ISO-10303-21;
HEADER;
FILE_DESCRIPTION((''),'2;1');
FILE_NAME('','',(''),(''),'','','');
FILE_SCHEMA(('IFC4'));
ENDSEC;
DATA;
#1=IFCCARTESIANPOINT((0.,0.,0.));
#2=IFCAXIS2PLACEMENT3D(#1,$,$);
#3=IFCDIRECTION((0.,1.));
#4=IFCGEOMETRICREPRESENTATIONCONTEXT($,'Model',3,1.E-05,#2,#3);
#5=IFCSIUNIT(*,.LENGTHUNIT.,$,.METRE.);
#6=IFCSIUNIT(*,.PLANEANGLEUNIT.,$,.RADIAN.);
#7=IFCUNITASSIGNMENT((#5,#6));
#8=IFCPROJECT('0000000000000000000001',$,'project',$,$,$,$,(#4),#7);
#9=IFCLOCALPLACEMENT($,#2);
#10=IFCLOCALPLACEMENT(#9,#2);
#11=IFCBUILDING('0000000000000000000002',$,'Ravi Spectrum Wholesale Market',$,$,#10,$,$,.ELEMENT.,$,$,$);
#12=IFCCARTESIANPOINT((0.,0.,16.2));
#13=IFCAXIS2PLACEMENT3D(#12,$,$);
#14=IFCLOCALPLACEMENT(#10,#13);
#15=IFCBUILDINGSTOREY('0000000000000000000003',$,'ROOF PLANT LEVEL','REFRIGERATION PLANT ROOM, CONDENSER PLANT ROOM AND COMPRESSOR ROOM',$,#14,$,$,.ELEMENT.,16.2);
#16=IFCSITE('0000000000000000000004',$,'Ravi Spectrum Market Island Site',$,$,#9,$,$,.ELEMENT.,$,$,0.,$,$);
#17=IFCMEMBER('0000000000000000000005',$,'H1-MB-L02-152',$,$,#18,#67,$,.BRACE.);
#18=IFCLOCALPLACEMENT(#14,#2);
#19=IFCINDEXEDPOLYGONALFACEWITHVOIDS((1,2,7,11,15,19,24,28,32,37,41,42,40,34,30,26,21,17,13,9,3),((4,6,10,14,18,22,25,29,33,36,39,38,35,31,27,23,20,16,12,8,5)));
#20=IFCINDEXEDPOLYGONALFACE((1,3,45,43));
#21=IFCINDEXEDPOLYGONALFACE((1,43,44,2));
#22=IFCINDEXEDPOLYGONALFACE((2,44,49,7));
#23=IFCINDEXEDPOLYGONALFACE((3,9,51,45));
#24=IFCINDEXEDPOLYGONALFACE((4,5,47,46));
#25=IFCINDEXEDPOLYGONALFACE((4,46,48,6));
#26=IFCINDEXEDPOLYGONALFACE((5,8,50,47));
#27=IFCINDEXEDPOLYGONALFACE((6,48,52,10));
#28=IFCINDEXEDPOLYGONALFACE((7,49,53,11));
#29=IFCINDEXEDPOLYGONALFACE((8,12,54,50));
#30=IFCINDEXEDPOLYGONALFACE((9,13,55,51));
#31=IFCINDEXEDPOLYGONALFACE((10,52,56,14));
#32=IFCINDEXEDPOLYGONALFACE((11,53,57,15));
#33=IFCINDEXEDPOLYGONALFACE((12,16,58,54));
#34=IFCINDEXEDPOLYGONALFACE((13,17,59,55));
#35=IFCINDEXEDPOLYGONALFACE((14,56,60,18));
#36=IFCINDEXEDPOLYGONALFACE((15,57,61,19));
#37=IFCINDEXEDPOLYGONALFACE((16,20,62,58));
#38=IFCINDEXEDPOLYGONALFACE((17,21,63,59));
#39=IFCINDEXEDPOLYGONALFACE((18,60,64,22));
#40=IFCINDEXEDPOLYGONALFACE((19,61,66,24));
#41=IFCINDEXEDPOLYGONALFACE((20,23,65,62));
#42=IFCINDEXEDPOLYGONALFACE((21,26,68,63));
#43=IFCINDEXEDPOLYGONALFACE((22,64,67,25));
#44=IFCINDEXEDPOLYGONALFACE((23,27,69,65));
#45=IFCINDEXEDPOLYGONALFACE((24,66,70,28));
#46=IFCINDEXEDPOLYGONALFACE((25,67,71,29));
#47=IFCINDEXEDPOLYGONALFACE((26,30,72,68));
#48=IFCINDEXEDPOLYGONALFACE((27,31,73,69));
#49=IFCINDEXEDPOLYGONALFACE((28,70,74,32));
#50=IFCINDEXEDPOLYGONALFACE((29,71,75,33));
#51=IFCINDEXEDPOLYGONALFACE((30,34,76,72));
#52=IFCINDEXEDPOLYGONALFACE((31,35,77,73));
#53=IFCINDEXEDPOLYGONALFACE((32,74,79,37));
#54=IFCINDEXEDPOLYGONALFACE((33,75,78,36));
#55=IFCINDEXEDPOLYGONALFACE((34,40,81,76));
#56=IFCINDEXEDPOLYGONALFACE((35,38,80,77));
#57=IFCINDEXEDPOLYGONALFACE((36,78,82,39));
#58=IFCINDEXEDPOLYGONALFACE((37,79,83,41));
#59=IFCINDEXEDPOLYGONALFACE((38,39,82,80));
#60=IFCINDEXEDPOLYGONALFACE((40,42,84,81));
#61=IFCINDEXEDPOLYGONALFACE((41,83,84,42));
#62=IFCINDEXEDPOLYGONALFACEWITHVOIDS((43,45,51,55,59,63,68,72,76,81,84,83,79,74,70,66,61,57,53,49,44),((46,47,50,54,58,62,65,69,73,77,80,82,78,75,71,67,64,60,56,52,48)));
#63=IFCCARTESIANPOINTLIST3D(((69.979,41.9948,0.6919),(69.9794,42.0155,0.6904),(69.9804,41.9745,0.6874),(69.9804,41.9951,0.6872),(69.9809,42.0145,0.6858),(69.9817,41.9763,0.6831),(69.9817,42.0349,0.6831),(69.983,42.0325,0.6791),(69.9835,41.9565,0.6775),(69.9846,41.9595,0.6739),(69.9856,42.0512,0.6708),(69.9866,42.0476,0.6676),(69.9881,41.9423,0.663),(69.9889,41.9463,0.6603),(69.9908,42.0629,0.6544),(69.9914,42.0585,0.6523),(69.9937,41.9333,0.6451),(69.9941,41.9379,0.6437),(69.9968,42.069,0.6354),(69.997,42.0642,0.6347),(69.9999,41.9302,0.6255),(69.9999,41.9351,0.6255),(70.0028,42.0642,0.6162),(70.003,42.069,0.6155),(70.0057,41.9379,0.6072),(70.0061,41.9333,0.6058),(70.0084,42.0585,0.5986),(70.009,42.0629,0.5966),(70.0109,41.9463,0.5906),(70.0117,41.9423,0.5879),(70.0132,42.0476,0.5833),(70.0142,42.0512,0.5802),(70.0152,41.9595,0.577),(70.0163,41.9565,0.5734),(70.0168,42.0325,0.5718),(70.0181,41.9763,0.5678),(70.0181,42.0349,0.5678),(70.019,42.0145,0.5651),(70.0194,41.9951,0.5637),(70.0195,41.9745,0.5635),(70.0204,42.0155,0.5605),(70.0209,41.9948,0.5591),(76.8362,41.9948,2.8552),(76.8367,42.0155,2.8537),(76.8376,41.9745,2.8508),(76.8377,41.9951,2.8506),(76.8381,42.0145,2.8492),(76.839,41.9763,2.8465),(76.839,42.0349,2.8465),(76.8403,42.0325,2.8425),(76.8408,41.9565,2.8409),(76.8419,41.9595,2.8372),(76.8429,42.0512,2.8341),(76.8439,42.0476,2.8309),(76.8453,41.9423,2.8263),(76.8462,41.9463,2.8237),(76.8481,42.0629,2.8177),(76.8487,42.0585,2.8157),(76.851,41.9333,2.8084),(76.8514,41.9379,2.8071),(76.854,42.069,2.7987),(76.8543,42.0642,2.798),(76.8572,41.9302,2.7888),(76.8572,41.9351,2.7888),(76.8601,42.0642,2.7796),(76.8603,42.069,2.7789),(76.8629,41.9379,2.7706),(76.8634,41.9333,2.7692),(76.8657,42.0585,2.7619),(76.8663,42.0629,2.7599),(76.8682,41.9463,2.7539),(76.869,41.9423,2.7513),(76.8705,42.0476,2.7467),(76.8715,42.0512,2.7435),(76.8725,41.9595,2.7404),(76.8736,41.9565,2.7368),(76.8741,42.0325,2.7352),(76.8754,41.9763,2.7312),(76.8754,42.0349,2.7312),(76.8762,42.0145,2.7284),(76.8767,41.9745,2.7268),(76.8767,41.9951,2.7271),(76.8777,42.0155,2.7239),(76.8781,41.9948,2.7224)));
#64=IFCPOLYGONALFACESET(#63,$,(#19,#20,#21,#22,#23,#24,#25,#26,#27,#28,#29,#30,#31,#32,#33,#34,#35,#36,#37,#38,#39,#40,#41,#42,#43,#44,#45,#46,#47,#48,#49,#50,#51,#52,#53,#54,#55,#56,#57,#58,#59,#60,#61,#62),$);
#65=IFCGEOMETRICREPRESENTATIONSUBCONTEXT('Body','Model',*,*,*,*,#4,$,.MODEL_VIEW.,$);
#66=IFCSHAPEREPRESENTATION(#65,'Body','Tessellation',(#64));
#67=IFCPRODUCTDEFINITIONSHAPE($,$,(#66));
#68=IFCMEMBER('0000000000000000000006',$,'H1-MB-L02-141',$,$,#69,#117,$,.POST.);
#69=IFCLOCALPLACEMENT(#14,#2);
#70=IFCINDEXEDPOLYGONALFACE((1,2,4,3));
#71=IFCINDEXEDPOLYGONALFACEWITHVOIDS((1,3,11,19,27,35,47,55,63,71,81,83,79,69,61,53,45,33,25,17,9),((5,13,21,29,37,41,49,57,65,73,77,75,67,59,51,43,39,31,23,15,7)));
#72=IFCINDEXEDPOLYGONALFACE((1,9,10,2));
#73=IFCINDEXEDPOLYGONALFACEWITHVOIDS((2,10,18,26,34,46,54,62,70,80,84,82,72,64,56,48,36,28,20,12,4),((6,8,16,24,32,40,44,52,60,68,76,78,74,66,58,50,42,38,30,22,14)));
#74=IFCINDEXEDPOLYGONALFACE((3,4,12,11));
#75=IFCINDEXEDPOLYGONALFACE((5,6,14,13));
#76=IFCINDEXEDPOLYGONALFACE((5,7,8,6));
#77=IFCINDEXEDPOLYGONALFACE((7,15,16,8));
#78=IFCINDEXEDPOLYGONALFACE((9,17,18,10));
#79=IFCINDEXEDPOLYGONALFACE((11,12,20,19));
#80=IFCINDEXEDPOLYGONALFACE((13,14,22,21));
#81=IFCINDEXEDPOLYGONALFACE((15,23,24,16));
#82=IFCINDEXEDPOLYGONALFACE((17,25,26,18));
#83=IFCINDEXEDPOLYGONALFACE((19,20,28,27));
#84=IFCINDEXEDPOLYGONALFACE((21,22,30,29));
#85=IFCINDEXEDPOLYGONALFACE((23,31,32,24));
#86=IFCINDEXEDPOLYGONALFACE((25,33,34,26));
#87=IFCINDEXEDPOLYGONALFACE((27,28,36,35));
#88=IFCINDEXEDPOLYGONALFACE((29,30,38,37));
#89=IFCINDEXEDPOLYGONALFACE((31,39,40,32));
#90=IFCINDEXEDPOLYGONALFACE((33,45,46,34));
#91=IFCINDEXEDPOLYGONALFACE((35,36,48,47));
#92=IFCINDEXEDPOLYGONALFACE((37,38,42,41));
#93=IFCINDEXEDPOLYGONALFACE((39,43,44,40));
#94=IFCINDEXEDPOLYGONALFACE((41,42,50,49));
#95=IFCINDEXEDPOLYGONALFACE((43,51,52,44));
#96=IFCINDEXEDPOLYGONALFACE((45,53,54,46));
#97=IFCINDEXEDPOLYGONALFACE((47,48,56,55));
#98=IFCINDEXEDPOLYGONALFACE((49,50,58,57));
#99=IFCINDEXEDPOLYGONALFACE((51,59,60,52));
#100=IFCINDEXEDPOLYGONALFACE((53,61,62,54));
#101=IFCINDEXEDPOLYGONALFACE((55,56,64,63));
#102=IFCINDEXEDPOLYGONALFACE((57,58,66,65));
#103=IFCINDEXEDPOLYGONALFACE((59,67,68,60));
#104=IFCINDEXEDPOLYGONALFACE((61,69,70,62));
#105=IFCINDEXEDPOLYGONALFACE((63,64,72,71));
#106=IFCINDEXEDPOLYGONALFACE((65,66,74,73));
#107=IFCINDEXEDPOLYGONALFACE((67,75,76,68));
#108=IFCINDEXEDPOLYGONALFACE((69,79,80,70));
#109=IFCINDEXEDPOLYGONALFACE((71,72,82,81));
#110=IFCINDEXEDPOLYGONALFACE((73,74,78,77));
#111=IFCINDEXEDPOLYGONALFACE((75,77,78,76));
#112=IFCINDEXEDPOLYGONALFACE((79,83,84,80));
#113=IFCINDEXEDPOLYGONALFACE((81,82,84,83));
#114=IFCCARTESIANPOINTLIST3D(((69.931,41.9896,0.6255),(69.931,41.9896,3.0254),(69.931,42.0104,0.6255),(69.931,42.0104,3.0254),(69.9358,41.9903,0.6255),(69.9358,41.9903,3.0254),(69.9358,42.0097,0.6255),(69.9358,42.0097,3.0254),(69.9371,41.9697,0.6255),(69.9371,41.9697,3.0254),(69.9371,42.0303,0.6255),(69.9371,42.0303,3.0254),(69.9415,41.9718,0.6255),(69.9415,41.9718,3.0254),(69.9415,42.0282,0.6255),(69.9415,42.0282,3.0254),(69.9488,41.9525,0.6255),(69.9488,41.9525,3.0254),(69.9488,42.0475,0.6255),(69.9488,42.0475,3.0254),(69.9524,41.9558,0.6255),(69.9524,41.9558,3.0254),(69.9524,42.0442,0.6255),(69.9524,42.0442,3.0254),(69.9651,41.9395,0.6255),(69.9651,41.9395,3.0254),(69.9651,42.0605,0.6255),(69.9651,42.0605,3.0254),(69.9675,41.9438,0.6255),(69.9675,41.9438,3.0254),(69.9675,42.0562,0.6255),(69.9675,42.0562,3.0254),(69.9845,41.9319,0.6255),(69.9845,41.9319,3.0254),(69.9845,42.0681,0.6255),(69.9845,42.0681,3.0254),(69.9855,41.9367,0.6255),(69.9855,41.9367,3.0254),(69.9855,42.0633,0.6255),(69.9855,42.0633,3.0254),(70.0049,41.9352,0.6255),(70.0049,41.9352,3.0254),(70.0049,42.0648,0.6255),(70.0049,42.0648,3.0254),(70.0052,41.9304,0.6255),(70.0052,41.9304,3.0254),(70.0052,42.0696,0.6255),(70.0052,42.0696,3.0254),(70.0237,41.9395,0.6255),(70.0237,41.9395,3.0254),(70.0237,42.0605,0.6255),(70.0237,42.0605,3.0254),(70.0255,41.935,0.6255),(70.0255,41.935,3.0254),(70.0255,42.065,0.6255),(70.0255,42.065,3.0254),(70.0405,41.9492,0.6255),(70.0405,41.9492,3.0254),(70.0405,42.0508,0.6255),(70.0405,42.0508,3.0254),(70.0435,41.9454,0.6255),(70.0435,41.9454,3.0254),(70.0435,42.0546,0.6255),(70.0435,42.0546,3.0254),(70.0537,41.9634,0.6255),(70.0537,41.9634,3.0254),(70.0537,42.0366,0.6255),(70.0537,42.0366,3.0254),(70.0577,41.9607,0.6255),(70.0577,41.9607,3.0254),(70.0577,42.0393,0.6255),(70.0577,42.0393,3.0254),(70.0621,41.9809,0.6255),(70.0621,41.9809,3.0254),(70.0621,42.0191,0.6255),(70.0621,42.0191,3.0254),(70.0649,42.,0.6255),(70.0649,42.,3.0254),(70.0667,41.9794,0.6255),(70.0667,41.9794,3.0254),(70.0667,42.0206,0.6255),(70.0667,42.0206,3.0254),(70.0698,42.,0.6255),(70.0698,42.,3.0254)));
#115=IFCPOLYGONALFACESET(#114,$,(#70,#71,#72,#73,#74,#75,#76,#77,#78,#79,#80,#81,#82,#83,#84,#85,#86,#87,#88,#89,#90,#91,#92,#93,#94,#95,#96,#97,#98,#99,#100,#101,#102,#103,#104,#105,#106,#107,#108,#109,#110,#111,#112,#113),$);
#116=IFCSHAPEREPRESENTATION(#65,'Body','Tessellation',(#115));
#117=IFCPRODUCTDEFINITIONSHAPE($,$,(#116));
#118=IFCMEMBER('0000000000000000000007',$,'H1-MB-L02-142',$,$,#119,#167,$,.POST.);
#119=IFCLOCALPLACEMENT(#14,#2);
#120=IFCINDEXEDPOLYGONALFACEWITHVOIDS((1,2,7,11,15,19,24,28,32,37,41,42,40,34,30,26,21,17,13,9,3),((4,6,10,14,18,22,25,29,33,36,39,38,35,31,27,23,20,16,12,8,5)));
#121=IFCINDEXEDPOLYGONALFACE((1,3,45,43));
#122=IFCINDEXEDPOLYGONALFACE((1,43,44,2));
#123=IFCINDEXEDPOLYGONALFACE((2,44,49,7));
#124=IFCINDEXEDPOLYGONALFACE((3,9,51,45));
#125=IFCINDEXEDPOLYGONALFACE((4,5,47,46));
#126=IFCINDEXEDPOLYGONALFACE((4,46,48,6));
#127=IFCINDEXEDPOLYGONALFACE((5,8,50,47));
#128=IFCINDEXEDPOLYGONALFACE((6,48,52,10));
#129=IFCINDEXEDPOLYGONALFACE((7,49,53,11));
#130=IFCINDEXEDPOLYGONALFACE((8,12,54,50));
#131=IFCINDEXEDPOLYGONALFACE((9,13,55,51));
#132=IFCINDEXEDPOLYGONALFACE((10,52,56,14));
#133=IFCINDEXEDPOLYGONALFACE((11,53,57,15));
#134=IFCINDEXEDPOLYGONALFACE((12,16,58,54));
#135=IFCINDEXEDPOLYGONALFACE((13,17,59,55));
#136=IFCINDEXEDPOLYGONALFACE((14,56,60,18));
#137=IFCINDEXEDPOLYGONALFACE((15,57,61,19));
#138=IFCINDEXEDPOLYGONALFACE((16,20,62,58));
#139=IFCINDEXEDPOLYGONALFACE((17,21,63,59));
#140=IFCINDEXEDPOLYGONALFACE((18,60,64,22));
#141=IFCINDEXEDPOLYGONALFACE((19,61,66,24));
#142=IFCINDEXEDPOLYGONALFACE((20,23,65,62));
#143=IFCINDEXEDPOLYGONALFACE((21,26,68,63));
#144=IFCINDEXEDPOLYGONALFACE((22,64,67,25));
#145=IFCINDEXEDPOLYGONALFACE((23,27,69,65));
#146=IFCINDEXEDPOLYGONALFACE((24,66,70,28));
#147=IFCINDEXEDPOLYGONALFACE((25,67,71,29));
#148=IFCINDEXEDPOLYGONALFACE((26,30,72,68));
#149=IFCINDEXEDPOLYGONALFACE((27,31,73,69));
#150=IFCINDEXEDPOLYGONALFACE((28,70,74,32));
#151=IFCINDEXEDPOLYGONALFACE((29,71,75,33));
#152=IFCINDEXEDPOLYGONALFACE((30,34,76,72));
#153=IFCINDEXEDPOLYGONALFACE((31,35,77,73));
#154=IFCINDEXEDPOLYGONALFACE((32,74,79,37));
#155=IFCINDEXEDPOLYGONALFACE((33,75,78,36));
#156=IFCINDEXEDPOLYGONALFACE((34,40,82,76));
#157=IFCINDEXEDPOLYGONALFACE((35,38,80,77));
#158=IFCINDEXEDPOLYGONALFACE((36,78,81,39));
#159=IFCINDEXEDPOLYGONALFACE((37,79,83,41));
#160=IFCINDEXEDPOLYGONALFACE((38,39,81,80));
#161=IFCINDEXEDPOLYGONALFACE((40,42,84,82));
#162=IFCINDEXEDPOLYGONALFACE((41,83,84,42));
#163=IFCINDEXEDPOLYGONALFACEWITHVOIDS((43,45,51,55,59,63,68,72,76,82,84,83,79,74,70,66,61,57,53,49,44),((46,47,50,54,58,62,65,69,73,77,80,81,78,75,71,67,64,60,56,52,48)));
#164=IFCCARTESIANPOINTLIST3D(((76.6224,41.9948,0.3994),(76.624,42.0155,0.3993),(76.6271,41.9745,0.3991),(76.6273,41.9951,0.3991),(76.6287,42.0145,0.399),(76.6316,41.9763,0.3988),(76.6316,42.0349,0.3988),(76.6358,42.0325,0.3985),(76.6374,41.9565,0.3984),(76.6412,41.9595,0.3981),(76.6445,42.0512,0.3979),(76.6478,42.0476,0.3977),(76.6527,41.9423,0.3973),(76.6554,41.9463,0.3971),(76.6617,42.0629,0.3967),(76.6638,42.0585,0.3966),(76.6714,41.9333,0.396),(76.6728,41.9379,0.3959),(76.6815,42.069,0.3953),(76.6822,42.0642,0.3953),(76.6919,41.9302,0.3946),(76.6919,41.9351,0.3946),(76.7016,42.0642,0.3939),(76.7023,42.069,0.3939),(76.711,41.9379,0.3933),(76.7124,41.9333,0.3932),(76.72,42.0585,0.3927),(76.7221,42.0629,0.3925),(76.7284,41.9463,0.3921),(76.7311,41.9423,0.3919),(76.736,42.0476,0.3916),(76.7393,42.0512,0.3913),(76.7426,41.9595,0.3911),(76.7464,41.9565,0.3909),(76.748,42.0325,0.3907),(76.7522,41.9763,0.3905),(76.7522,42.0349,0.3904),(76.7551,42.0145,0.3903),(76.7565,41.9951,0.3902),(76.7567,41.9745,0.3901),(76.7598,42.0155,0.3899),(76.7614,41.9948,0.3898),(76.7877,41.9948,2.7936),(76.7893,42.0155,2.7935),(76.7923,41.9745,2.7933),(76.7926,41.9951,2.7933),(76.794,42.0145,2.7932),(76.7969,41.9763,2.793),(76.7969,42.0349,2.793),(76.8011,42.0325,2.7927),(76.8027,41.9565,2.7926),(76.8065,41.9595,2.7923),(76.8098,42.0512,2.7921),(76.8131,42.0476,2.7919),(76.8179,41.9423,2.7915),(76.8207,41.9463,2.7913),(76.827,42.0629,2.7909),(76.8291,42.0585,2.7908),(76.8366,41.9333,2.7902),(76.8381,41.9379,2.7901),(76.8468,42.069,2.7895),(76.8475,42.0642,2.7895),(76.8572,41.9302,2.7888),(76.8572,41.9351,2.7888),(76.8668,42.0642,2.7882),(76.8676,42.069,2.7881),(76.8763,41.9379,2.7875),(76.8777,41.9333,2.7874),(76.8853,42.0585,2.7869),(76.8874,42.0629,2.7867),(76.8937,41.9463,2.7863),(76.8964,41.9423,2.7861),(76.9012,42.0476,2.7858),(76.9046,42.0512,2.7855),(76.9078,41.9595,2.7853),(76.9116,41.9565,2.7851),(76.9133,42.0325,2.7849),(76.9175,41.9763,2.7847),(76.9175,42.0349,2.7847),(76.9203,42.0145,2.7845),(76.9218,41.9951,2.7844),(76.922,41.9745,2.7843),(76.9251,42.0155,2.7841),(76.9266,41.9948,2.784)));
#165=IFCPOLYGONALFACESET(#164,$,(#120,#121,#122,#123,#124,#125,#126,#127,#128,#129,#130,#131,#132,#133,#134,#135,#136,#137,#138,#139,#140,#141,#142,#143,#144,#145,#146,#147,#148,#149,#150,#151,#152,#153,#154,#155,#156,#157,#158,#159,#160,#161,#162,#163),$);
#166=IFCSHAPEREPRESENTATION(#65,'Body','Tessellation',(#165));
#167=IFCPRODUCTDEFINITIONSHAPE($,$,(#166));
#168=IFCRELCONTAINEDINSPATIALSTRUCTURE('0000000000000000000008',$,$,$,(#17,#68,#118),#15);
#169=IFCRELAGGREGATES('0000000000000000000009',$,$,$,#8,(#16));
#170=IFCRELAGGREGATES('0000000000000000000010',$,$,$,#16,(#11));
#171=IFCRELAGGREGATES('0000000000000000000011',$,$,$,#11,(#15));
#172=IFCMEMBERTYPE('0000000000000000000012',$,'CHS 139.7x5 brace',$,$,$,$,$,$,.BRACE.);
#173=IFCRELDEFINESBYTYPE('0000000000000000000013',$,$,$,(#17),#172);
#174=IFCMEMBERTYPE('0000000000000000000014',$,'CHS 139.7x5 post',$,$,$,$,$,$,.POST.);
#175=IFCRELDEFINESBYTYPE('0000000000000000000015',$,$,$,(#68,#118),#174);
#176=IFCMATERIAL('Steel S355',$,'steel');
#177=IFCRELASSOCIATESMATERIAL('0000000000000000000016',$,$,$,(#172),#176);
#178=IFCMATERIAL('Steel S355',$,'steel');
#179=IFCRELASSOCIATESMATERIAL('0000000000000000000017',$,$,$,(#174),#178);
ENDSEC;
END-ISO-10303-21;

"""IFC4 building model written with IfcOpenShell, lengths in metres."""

from ifc_helpers import new_model, si_unit, direction, frame, origin, origin_2d, place, context, subcontext, project, spatial, hollow_circle, extrude, material, material_profile, profile_set, type_object, element, save


model = new_model("IFC4")

# Units and contexts
model_context = context("Model", 3, precision=1e-05, world=origin(), true_north=direction((0.0, 1.0)))
body_context = subcontext(model_context, "Body", "Model", "MODEL_VIEW")
ifc_project = project(units=[si_unit("LENGTHUNIT", "METRE"), si_unit("PLANEANGLEUNIT", "RADIAN")], contexts=[model_context])

# Site, building, storey
site_placement = place(None, origin())
site = spatial("IfcSite", under=ifc_project, at=site_placement, Name="Ravi Spectrum Market Island Site", CompositionType="ELEMENT", RefElevation=0.0)
building_placement = place(site_placement, origin())
building = spatial("IfcBuilding", under=site, at=building_placement, Name="Ravi Spectrum Wholesale Market", CompositionType="ELEMENT")
storey_placement = place(building_placement, frame((0.0, 0.0, 16.2)))
storey = spatial("IfcBuildingStorey", under=building, at=storey_placement, Name="ROOF PLANT LEVEL", Description="REFRIGERATION PLANT ROOM, CONDENSER PLANT ROOM AND COMPRESSOR ROOM", CompositionType="ELEMENT", Elevation=16.2)

# Members
ifc_material_1 = material(Name="Steel S355", Category="steel")
ifc_material_profile_1 = material_profile(ifc_material_1, hollow_circle(Radius=0.0698, WallThickness=0.0049, at=origin_2d()))
ifc_profile_set_1 = profile_set([ifc_material_profile_1], Name="Steel S355")
member_type_1 = type_object("IfcMemberType", Name="CHS 139.7x5 brace", PredefinedType="BRACE", material=ifc_profile_set_1)
member_1_placement = place(storey_placement, frame((76.8572, 42.0, 2.7888), z_axis=(-0.953666, 0.0, -0.300866), x_axis=(0.0, -1.0, 0.0)))
element("IfcMember", 1, at=member_1_placement, inside=storey, type_object=member_type_1, Name="H1-MB-L02-152", PredefinedType="BRACE", context=body_context, shape_type="SweptSolid", body=[
    extrude(hollow_circle(Radius=0.0698, WallThickness=0.0049, at=origin_2d()), origin(), (0.0, 0.0, 1.0), 7.1904),
])
ifc_material_2 = material(Name="Steel S355", Category="steel")
ifc_material_profile_2 = material_profile(ifc_material_2, hollow_circle(Radius=0.0698, WallThickness=0.0049, at=origin_2d()))
ifc_profile_set_2 = profile_set([ifc_material_profile_2], Name="Steel S355")
member_type_2 = type_object("IfcMemberType", Name="CHS 139.7x5 post", PredefinedType="POST", material=ifc_profile_set_2)
for number, where, z_axis, x_axis, name in (
    (2, (70.0, 42.0, 3.0254), (0.0, 0.0, -1.0), (1.0, 0.0, 0.0), "H1-MB-L02-141"),
    (3, (76.8572, 42.0, 2.7888), (-0.068868, 0.0, -0.997626), (0.0, -1.0, 0.0), "H1-MB-L02-142"),
):
    element("IfcMember", number, at=place(storey_placement, frame(where, z_axis=z_axis, x_axis=x_axis)), inside=storey, type_object=member_type_2, Name=name, PredefinedType="POST", context=body_context, shape_type="SweptSolid", body=[
        extrude(hollow_circle(Radius=0.0698, WallThickness=0.0049, at=origin_2d()), origin(), (0.0, 0.0, 1.0), 2.3999),
    ])

save(model, "model.ifc")
